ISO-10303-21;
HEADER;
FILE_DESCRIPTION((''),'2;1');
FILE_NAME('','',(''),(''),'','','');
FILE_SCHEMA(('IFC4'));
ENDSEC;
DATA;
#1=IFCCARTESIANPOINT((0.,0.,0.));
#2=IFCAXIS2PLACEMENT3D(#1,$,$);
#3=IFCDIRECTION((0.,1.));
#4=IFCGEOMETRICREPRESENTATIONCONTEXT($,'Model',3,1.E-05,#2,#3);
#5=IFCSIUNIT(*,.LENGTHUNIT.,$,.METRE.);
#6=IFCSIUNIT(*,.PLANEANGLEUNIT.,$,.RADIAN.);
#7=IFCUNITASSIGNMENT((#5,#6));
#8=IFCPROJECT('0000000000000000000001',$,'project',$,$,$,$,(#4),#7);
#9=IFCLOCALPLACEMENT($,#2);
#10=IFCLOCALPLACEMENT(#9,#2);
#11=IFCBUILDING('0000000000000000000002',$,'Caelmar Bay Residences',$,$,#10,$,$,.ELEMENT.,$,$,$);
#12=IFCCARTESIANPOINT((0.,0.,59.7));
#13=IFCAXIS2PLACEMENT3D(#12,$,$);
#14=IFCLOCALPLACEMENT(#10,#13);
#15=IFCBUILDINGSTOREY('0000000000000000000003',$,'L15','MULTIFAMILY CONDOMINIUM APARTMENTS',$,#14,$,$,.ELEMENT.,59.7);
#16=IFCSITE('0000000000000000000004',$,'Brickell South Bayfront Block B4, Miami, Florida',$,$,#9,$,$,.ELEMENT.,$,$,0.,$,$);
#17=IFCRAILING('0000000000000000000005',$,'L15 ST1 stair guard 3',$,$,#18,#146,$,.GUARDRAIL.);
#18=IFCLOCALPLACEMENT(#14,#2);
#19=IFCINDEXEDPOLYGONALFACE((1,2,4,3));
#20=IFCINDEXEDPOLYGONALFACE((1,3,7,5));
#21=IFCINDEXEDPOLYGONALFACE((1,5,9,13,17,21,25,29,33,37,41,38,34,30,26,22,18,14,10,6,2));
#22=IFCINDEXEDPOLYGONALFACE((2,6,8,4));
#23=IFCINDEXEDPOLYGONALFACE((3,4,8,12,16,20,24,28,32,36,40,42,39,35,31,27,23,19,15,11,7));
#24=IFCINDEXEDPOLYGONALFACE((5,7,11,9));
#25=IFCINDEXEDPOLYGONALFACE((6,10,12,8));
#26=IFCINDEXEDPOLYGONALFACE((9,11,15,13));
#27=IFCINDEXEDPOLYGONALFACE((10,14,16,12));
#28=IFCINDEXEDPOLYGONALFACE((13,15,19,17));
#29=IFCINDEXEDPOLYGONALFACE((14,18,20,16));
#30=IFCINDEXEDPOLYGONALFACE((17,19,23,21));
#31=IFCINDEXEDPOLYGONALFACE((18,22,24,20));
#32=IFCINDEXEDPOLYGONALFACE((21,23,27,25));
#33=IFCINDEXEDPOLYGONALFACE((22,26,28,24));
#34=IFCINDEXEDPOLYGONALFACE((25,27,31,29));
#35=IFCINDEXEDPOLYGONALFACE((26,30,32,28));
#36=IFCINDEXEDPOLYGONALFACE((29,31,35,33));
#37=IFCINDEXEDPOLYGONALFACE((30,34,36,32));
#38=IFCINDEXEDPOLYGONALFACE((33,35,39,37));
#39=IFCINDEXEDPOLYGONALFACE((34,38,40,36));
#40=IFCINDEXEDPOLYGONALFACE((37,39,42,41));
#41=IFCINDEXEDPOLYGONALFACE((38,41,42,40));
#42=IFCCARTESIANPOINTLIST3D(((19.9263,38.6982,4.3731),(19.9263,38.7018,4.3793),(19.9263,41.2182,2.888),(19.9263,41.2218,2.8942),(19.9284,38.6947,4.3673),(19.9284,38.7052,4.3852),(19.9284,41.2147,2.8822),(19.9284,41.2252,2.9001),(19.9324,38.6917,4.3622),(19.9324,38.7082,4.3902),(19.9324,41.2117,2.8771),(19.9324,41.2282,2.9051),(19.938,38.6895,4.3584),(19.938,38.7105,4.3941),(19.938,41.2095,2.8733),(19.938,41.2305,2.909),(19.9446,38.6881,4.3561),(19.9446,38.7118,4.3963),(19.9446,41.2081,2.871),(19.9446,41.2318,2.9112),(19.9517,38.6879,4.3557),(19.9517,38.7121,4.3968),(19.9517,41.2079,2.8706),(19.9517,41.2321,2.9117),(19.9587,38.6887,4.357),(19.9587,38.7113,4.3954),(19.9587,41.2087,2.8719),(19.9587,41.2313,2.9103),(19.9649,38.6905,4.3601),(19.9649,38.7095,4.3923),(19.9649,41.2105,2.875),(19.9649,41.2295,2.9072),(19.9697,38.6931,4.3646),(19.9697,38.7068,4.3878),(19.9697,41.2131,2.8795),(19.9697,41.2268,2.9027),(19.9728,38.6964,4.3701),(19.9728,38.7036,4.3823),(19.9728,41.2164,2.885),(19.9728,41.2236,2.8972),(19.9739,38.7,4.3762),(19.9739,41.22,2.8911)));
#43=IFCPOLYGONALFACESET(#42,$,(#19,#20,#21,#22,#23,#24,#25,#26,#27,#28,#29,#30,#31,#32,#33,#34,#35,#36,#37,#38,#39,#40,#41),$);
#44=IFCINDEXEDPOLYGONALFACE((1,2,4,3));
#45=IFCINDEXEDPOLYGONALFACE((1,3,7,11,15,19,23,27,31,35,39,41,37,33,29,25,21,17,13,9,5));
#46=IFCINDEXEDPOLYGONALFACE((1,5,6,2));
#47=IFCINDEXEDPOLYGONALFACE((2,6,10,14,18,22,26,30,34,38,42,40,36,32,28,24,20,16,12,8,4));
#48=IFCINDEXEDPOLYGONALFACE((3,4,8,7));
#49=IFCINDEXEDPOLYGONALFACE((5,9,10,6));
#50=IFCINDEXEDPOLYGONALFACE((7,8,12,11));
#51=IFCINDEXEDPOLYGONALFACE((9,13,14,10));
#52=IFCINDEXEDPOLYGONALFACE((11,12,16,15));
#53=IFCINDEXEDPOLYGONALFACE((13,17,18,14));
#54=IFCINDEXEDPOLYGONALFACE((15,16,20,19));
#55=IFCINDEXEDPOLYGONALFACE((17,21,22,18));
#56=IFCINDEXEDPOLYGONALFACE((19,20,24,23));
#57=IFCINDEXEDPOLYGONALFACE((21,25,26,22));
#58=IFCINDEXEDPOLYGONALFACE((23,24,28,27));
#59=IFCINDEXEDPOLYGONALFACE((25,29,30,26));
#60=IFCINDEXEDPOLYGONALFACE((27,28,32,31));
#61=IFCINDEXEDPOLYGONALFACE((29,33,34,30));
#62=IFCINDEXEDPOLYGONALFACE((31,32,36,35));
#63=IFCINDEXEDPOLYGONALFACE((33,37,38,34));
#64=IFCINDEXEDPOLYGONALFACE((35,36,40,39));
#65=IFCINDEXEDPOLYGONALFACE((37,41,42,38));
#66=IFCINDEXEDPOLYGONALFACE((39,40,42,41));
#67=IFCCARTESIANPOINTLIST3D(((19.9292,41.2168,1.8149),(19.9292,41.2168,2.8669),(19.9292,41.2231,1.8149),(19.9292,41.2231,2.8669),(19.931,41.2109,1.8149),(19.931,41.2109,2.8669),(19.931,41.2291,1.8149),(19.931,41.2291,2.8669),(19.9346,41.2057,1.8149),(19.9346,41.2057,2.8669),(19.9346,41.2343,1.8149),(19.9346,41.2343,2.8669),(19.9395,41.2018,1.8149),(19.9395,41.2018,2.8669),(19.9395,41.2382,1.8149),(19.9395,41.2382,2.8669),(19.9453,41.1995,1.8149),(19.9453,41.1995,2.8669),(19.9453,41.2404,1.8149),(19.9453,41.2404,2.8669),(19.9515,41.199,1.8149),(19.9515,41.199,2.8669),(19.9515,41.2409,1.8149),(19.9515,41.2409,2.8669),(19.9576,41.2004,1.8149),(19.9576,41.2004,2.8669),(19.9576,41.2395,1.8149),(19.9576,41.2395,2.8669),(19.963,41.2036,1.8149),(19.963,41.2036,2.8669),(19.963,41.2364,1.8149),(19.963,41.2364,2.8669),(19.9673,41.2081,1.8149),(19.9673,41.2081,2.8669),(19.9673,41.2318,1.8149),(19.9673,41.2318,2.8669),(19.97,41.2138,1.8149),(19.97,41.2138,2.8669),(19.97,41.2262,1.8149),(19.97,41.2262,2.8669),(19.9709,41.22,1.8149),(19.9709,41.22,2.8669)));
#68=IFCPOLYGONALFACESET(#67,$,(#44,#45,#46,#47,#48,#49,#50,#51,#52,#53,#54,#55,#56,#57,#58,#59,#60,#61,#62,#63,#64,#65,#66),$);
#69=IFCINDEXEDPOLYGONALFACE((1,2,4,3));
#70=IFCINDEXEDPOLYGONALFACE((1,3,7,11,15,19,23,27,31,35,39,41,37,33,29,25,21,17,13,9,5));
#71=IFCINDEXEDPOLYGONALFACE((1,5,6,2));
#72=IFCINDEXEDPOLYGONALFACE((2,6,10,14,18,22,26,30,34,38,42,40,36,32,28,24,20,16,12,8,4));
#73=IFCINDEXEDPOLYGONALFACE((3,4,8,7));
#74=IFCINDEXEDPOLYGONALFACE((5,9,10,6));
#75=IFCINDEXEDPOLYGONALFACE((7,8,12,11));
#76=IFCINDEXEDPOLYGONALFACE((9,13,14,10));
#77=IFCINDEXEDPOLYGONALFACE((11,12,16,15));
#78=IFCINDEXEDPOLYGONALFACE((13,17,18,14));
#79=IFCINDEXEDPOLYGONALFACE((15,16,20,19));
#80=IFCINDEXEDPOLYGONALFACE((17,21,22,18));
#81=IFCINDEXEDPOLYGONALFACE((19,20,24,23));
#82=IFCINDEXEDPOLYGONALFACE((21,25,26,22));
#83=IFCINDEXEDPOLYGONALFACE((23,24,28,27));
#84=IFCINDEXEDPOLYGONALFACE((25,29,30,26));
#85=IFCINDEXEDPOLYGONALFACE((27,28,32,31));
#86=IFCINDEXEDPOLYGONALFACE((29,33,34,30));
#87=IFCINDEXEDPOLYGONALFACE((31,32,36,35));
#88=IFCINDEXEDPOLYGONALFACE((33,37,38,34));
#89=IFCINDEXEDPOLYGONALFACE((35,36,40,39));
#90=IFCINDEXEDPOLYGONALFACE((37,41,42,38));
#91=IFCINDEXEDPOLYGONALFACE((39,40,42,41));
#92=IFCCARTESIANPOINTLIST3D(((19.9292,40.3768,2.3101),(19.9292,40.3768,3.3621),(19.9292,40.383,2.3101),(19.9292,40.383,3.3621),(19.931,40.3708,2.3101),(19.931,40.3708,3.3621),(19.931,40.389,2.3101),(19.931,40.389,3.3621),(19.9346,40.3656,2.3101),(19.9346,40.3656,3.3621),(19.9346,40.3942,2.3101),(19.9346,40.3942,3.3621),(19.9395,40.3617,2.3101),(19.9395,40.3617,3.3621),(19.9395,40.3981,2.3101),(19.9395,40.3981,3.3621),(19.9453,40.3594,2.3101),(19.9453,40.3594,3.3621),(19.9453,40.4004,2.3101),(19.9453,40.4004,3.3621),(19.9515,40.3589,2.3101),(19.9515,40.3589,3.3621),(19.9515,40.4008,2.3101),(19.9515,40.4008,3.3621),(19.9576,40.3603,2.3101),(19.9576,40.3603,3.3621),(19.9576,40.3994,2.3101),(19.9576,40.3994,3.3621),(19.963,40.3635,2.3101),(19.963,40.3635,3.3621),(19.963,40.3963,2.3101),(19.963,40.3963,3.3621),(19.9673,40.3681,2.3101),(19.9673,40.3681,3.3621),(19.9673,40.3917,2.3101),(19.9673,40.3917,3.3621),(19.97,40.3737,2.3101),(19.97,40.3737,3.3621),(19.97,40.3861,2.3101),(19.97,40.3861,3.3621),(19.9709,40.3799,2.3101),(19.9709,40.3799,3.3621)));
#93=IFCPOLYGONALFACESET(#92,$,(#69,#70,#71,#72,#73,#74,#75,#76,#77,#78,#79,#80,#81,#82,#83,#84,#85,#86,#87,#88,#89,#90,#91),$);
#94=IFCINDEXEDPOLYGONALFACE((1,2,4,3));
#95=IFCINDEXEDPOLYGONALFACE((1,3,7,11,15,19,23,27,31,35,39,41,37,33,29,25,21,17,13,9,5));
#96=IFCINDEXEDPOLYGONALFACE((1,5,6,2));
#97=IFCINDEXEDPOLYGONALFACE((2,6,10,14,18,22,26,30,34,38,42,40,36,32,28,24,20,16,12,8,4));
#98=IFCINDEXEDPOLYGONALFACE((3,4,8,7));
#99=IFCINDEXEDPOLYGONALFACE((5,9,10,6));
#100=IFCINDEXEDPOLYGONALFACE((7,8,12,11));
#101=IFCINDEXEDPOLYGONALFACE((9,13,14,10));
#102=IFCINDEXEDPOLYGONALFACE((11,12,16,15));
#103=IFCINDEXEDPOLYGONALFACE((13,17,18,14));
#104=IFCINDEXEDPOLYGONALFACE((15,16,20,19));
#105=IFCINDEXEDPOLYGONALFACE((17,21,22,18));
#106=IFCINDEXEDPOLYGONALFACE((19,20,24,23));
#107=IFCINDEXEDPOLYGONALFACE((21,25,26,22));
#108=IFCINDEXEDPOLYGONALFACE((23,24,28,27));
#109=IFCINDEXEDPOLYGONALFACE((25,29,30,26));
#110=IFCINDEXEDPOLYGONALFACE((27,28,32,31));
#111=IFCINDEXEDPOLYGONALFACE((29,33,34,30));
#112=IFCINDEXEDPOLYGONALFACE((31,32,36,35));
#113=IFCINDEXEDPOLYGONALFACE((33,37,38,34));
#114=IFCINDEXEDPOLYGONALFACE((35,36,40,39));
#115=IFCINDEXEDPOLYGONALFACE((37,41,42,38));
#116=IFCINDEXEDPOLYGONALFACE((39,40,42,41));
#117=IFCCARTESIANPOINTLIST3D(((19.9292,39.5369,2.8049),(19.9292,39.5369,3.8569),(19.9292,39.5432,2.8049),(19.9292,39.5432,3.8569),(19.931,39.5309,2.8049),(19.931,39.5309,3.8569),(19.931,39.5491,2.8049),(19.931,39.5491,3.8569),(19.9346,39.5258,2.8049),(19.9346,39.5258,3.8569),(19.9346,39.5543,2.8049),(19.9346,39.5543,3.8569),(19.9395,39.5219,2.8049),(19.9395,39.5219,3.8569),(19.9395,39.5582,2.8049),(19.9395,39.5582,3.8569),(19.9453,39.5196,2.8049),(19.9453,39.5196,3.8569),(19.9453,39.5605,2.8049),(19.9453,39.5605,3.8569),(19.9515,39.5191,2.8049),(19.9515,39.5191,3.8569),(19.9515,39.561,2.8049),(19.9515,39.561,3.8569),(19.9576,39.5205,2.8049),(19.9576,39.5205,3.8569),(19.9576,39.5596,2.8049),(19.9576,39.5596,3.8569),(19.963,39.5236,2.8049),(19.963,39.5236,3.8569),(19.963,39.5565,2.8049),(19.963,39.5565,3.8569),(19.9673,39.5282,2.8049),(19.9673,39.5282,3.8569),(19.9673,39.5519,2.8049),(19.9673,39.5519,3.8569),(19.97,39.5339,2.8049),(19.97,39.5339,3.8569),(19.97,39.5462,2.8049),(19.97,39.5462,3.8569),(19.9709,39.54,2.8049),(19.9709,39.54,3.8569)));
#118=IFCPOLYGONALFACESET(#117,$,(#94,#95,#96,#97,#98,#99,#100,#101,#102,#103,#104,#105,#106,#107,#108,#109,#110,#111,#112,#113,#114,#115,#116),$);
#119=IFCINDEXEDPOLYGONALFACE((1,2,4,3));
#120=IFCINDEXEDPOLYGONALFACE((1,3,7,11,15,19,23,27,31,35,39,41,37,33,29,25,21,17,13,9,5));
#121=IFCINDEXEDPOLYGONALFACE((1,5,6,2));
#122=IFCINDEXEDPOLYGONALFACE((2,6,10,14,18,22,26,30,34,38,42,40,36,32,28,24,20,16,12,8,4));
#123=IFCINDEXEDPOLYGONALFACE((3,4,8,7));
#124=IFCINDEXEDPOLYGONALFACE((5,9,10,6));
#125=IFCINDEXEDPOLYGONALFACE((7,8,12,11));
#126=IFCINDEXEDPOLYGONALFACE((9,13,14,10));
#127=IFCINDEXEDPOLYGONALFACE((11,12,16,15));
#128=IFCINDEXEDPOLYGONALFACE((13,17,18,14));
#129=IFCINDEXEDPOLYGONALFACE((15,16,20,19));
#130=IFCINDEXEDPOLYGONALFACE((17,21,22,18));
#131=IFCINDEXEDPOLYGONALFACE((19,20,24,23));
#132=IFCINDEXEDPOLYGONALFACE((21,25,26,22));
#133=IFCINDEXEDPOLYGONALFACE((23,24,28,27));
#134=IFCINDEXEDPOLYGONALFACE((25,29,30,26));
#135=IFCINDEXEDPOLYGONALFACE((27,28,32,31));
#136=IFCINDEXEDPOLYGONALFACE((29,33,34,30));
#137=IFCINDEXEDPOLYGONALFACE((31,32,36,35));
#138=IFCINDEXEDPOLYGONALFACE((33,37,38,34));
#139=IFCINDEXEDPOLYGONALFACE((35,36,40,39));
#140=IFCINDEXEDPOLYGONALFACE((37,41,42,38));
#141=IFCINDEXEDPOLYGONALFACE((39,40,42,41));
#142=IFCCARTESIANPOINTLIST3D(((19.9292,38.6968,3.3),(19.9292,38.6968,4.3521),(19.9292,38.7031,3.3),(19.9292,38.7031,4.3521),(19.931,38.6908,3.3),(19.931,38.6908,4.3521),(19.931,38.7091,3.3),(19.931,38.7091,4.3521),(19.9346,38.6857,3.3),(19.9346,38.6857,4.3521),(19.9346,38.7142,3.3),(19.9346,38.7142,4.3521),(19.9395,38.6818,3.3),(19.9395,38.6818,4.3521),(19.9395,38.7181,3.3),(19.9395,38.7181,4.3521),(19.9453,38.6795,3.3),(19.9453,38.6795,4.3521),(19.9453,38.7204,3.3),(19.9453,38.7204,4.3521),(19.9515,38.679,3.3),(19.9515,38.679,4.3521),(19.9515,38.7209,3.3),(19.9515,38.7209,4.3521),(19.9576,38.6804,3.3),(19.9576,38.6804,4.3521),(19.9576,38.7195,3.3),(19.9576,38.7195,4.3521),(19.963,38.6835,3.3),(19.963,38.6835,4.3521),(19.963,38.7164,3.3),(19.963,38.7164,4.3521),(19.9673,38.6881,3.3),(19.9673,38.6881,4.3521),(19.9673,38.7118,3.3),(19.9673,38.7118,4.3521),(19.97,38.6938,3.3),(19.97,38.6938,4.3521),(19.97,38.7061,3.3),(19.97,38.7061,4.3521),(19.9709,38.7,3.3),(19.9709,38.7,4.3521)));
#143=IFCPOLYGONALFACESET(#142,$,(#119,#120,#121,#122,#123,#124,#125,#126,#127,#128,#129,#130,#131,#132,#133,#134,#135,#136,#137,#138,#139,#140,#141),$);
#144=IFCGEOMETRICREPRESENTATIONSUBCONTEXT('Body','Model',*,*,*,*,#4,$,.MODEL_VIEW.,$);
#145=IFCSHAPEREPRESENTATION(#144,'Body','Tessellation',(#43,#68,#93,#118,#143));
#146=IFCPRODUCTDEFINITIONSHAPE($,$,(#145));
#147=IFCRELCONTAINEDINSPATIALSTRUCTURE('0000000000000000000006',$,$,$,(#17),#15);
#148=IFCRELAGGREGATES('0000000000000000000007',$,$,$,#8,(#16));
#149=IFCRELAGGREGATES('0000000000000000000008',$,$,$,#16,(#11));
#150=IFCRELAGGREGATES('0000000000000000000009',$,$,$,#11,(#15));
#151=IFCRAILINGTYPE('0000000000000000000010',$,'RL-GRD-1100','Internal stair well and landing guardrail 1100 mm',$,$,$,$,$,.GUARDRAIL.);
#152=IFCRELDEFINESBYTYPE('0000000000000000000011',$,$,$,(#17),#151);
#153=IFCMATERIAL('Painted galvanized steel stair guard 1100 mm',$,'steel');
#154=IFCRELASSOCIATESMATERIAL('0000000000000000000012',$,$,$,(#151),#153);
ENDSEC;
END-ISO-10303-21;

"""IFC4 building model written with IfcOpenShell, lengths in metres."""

from ifc_helpers import new_model, si_unit, direction, frame, origin, origin_2d, place, context, subcontext, project, spatial, circle, extrude, material, type_object, element, save


model = new_model("IFC4")

# Units and contexts
model_context = context("Model", 3, precision=1e-05, world=origin(), true_north=direction((0.0, 1.0)))
body_context = subcontext(model_context, "Body", "Model", "MODEL_VIEW")
ifc_project = project(units=[si_unit("LENGTHUNIT", "METRE"), si_unit("PLANEANGLEUNIT", "RADIAN")], contexts=[model_context])

# Site, building, storey
site_placement = place(None, origin())
site = spatial("IfcSite", under=ifc_project, at=site_placement, Name="Brickell South Bayfront Block B4, Miami, Florida", CompositionType="ELEMENT", RefElevation=0.0)
building_placement = place(site_placement, origin())
building = spatial("IfcBuilding", under=site, at=building_placement, Name="Caelmar Bay Residences", CompositionType="ELEMENT")
storey_placement = place(building_placement, frame((0.0, 0.0, 59.7)))
storey = spatial("IfcBuildingStorey", under=building, at=storey_placement, Name="L15", Description="MULTIFAMILY CONDOMINIUM APARTMENTS", CompositionType="ELEMENT", Elevation=59.7)

# Railing
ifc_material_1 = material(Name="Painted galvanized steel stair guard 1100 mm", Category="steel")
railing_type_1 = type_object("IfcRailingType", Name="RL-GRD-1100", Description="Internal stair well and landing guardrail 1100 mm", PredefinedType="GUARDRAIL", material=ifc_material_1)
railing_1_placement = place(storey_placement, frame((19.95, 41.22, 1.8149)))
element("IfcRailing", 1, at=railing_1_placement, inside=storey, type_object=railing_type_1, Name="L15 ST1 stair guard 3", PredefinedType="GUARDRAIL", context=body_context, shape_type="SweptSolid", body=[
    extrude(circle(Radius=0.0239, at=origin_2d()), frame((0.0, 0.0, 1.0762), z_axis=(0.0, -0.861524, 0.507717), x_axis=(1.0, 0.0, 0.0)), (0.0, 0.0, 1.0), 2.925),
    extrude(circle(Radius=0.021, at=origin_2d()), origin(), (0.0, 0.0, 1.0), 1.052),
    extrude(circle(Radius=0.021, at=origin_2d()), frame((0.0, -0.8401, 0.4951)), (0.0, 0.0, 1.0), 1.052),
    extrude(circle(Radius=0.021, at=origin_2d()), frame((0.0, -1.6799, 0.99)), (0.0, 0.0, 1.0), 1.052),
    extrude(circle(Radius=0.021, at=origin_2d()), frame((0.0, -2.52, 1.4851)), (0.0, 0.0, 1.0), 1.052),
])

save(model, "model.ifc")
